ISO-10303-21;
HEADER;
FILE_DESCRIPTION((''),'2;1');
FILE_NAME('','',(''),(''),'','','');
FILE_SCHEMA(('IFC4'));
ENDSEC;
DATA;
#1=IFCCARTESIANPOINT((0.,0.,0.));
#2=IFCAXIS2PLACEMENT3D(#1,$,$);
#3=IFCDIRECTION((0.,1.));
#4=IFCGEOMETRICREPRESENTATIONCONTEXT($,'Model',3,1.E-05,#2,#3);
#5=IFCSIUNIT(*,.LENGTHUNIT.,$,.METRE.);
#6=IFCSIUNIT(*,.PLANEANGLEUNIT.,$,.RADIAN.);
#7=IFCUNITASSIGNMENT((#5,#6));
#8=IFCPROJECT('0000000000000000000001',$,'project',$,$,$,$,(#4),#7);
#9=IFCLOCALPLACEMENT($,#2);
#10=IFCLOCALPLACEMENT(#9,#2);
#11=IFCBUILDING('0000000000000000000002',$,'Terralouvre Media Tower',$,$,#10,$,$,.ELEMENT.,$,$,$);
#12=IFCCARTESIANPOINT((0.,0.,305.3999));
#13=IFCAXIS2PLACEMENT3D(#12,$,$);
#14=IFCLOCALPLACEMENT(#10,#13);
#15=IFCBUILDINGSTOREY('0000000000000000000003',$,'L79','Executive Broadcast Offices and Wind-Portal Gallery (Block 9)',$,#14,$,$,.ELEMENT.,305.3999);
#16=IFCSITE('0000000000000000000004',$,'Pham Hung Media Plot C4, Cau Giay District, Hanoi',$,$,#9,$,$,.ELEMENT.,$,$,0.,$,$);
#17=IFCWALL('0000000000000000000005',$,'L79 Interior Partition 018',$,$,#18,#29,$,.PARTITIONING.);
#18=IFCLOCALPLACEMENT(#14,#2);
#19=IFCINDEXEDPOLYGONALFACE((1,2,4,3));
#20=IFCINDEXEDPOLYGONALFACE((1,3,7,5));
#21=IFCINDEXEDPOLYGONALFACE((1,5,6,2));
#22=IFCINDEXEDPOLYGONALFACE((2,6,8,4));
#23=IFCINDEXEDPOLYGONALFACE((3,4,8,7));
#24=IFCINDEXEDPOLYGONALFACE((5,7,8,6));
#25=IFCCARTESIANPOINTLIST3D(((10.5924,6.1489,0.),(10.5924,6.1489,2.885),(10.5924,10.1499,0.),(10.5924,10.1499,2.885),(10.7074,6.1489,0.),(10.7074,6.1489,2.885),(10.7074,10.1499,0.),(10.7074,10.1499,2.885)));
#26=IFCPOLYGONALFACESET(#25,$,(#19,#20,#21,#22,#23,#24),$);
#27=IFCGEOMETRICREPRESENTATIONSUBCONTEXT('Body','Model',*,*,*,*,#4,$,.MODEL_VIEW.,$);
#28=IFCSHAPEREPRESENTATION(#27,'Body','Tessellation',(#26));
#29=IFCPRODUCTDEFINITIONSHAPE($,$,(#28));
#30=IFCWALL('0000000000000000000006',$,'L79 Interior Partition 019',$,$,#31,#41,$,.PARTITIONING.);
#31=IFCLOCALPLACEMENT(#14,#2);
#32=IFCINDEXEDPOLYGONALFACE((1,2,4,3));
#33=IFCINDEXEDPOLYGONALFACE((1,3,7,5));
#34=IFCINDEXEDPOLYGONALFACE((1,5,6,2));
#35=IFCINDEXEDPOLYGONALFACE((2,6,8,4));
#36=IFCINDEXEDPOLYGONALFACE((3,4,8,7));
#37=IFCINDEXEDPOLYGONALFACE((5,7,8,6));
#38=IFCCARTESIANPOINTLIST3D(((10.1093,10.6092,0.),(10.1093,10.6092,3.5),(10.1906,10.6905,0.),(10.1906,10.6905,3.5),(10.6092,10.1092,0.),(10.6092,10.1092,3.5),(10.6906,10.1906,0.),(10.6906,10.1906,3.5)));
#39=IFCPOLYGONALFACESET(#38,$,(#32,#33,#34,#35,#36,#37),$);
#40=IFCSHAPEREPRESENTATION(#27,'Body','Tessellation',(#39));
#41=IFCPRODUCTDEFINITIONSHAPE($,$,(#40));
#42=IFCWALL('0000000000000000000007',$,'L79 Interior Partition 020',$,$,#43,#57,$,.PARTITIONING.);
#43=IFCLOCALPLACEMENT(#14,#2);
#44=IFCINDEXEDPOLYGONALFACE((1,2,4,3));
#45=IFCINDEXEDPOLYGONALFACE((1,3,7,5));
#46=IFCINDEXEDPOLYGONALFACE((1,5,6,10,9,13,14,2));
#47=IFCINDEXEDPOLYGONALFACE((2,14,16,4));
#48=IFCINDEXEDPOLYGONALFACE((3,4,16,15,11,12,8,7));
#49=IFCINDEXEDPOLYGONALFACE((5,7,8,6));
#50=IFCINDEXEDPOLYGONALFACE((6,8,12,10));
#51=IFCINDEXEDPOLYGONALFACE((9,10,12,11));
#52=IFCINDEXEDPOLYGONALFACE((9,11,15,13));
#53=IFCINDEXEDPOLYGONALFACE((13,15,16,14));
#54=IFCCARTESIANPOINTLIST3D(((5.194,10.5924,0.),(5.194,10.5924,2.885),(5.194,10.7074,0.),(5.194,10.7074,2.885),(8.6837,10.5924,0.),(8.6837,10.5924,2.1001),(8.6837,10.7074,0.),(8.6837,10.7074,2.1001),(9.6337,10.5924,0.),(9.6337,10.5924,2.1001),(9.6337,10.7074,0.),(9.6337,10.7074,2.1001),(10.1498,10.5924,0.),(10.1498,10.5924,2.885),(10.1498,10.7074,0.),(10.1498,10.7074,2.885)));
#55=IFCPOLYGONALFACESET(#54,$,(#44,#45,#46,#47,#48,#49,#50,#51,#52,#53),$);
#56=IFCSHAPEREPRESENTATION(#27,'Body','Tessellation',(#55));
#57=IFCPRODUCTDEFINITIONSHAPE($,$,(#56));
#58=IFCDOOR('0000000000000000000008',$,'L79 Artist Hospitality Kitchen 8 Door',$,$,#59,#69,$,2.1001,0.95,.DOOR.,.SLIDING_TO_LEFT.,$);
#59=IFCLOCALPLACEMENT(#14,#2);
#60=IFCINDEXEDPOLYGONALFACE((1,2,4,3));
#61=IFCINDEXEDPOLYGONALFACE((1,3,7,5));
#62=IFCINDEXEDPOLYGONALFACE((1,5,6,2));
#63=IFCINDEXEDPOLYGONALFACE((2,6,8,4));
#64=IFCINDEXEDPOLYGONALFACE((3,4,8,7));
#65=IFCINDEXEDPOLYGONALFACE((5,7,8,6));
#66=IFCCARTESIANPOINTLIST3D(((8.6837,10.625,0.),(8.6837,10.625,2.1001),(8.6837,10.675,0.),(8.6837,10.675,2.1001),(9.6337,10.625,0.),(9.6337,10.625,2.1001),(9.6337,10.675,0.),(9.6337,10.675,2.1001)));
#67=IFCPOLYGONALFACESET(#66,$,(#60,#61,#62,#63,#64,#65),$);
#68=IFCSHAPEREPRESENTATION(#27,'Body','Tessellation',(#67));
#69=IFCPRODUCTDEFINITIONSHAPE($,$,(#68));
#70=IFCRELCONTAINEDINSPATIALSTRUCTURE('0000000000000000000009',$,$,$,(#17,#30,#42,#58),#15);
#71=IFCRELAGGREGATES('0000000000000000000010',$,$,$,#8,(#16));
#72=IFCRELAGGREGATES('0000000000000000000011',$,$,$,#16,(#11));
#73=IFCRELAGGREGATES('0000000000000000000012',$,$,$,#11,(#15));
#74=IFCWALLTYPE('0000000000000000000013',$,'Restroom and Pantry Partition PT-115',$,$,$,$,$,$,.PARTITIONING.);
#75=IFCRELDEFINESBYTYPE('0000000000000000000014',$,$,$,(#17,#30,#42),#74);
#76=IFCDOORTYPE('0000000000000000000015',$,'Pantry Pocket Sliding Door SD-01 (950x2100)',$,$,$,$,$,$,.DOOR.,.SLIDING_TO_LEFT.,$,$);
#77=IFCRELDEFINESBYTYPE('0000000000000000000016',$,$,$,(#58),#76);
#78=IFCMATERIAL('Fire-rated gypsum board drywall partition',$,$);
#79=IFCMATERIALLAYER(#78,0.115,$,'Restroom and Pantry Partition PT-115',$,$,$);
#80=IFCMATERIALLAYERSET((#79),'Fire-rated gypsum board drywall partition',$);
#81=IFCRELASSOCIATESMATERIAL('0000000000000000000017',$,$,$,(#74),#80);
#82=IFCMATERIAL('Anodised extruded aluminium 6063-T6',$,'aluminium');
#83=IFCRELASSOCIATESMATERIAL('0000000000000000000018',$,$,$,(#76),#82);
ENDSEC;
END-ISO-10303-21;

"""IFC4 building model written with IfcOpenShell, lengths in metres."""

from ifc_helpers import new_model, si_unit, direction, frame, frame_2d, origin, place, context, subcontext, project, spatial, rectangle, extrude, material, layer, layer_set, type_object, element, fill, save


model = new_model("IFC4")

# Units and contexts
model_context = context("Model", 3, precision=1e-05, world=origin(), true_north=direction((0.0, 1.0)))
body_context = subcontext(model_context, "Body", "Model", "MODEL_VIEW")
ifc_project = project(units=[si_unit("LENGTHUNIT", "METRE"), si_unit("PLANEANGLEUNIT", "RADIAN")], contexts=[model_context])

# Site, building, storey
site_placement = place(None, origin())
site = spatial("IfcSite", under=ifc_project, at=site_placement, Name="Pham Hung Media Plot C4, Cau Giay District, Hanoi", CompositionType="ELEMENT", RefElevation=0.0)
building_placement = place(site_placement, origin())
building = spatial("IfcBuilding", under=site, at=building_placement, Name="Terralouvre Media Tower", CompositionType="ELEMENT")
storey_placement = place(building_placement, frame((0.0, 0.0, 305.3999)))
storey = spatial("IfcBuildingStorey", under=building, at=storey_placement, Name="L79", Description="Executive Broadcast Offices and Wind-Portal Gallery (Block 9)", CompositionType="ELEMENT", Elevation=305.3999)

# Shared definitions
ifc_material_1 = material(Name="Fire-rated gypsum board drywall partition")
ifc_layer_1 = layer(ifc_material_1, 0.115, Name="Restroom and Pantry Partition PT-115")
ifc_layer_set_1 = layer_set([ifc_layer_1], Name="Fire-rated gypsum board drywall partition")
wall_type_1 = type_object("IfcWallType", Name="Restroom and Pantry Partition PT-115", PredefinedType="PARTITIONING", material=ifc_layer_set_1)

# Walls
wall_1_placement = place(storey_placement, frame((10.6499, 6.1489, 0.0), z_axis=(0.0, 0.0, 1.0), x_axis=(0.0, 1.0, 0.0)))
element("IfcWall", 1, at=wall_1_placement, inside=storey, type_object=wall_type_1, Name="L79 Interior Partition 018", PredefinedType="PARTITIONING", context=body_context, shape_type="SweptSolid", body=[
    extrude(rectangle(XDim=4.001, YDim=0.115, at=frame_2d((2.0005, 0.0))), origin(), (0.0, 0.0, 1.0), 2.885),
])
wall_2_placement = place(storey_placement, frame((10.6499, 10.1499, 0.0), z_axis=(0.0, 0.0, 1.0), x_axis=(-0.707107, 0.707107, 0.0)))
element("IfcWall", 2, at=wall_2_placement, inside=storey, type_object=wall_type_1, Name="L79 Interior Partition 019", PredefinedType="PARTITIONING", context=body_context, shape_type="SweptSolid", body=[
    extrude(rectangle(XDim=0.707, YDim=0.115, at=frame_2d((0.3535, 0.0))), origin(), (0.0, 0.0, 1.0), 3.5),
])

# Wall, opening, door
wall_3_placement = place(storey_placement, frame((10.1499, 10.6499, 0.0), z_axis=(0.0, 0.0, 1.0), x_axis=(-1.0, 0.0, 0.0)))
wall_3 = element("IfcWall", 3, at=wall_3_placement, inside=storey, type_object=wall_type_1, Name="L79 Interior Partition 020", PredefinedType="PARTITIONING", context=body_context, shape_type="SweptSolid", body=[
    extrude(rectangle(XDim=4.9558, YDim=0.115, at=frame_2d((2.478, 0.0))), origin(), (0.0, 0.0, 1.0), 2.885),
])
opening_1_placement = place(wall_3_placement, frame((0.5161, 0.0, 0.0)))
opening_1 = element("IfcOpeningElement", 4, at=opening_1_placement, cuts=wall_3, PredefinedType="OPENING", context=body_context, shape_type="SweptSolid", body=[
    extrude(rectangle(XDim=0.95, YDim=2.1001, at=frame_2d((0.4751, 1.05))), frame((0.0, 0.0674, 0.0), z_axis=(0.0, -1.0, 0.0), x_axis=(1.0, 0.0, 0.0)), (0.0, 0.0, 1.0), 0.135),
])
ifc_material_2 = material(Name="Anodised extruded aluminium 6063-T6", Category="aluminium")
door_type_1 = type_object("IfcDoorType", Name="Pantry Pocket Sliding Door SD-01 (950x2100)", OperationType="SLIDING_TO_LEFT", PredefinedType="DOOR", material=ifc_material_2)
door_1_placement = place(opening_1_placement, origin())
door_1 = element("IfcDoor", 5, at=door_1_placement, inside=storey, type_object=door_type_1, Name="L79 Artist Hospitality Kitchen 8 Door", OperationType="SLIDING_TO_LEFT", OverallHeight=2.1001, OverallWidth=0.95, PredefinedType="DOOR", context=body_context, shape_type="SweptSolid", body=[
    extrude(rectangle(XDim=0.95, YDim=2.1001, at=frame_2d((0.4751, 1.05))), frame((0.0, 0.0249, 0.0), z_axis=(0.0, -1.0, 0.0), x_axis=(1.0, 0.0, 0.0)), (0.0, 0.0, 1.0), 0.05),
])
fill(opening_1, door_1)

save(model, "model.ifc")
